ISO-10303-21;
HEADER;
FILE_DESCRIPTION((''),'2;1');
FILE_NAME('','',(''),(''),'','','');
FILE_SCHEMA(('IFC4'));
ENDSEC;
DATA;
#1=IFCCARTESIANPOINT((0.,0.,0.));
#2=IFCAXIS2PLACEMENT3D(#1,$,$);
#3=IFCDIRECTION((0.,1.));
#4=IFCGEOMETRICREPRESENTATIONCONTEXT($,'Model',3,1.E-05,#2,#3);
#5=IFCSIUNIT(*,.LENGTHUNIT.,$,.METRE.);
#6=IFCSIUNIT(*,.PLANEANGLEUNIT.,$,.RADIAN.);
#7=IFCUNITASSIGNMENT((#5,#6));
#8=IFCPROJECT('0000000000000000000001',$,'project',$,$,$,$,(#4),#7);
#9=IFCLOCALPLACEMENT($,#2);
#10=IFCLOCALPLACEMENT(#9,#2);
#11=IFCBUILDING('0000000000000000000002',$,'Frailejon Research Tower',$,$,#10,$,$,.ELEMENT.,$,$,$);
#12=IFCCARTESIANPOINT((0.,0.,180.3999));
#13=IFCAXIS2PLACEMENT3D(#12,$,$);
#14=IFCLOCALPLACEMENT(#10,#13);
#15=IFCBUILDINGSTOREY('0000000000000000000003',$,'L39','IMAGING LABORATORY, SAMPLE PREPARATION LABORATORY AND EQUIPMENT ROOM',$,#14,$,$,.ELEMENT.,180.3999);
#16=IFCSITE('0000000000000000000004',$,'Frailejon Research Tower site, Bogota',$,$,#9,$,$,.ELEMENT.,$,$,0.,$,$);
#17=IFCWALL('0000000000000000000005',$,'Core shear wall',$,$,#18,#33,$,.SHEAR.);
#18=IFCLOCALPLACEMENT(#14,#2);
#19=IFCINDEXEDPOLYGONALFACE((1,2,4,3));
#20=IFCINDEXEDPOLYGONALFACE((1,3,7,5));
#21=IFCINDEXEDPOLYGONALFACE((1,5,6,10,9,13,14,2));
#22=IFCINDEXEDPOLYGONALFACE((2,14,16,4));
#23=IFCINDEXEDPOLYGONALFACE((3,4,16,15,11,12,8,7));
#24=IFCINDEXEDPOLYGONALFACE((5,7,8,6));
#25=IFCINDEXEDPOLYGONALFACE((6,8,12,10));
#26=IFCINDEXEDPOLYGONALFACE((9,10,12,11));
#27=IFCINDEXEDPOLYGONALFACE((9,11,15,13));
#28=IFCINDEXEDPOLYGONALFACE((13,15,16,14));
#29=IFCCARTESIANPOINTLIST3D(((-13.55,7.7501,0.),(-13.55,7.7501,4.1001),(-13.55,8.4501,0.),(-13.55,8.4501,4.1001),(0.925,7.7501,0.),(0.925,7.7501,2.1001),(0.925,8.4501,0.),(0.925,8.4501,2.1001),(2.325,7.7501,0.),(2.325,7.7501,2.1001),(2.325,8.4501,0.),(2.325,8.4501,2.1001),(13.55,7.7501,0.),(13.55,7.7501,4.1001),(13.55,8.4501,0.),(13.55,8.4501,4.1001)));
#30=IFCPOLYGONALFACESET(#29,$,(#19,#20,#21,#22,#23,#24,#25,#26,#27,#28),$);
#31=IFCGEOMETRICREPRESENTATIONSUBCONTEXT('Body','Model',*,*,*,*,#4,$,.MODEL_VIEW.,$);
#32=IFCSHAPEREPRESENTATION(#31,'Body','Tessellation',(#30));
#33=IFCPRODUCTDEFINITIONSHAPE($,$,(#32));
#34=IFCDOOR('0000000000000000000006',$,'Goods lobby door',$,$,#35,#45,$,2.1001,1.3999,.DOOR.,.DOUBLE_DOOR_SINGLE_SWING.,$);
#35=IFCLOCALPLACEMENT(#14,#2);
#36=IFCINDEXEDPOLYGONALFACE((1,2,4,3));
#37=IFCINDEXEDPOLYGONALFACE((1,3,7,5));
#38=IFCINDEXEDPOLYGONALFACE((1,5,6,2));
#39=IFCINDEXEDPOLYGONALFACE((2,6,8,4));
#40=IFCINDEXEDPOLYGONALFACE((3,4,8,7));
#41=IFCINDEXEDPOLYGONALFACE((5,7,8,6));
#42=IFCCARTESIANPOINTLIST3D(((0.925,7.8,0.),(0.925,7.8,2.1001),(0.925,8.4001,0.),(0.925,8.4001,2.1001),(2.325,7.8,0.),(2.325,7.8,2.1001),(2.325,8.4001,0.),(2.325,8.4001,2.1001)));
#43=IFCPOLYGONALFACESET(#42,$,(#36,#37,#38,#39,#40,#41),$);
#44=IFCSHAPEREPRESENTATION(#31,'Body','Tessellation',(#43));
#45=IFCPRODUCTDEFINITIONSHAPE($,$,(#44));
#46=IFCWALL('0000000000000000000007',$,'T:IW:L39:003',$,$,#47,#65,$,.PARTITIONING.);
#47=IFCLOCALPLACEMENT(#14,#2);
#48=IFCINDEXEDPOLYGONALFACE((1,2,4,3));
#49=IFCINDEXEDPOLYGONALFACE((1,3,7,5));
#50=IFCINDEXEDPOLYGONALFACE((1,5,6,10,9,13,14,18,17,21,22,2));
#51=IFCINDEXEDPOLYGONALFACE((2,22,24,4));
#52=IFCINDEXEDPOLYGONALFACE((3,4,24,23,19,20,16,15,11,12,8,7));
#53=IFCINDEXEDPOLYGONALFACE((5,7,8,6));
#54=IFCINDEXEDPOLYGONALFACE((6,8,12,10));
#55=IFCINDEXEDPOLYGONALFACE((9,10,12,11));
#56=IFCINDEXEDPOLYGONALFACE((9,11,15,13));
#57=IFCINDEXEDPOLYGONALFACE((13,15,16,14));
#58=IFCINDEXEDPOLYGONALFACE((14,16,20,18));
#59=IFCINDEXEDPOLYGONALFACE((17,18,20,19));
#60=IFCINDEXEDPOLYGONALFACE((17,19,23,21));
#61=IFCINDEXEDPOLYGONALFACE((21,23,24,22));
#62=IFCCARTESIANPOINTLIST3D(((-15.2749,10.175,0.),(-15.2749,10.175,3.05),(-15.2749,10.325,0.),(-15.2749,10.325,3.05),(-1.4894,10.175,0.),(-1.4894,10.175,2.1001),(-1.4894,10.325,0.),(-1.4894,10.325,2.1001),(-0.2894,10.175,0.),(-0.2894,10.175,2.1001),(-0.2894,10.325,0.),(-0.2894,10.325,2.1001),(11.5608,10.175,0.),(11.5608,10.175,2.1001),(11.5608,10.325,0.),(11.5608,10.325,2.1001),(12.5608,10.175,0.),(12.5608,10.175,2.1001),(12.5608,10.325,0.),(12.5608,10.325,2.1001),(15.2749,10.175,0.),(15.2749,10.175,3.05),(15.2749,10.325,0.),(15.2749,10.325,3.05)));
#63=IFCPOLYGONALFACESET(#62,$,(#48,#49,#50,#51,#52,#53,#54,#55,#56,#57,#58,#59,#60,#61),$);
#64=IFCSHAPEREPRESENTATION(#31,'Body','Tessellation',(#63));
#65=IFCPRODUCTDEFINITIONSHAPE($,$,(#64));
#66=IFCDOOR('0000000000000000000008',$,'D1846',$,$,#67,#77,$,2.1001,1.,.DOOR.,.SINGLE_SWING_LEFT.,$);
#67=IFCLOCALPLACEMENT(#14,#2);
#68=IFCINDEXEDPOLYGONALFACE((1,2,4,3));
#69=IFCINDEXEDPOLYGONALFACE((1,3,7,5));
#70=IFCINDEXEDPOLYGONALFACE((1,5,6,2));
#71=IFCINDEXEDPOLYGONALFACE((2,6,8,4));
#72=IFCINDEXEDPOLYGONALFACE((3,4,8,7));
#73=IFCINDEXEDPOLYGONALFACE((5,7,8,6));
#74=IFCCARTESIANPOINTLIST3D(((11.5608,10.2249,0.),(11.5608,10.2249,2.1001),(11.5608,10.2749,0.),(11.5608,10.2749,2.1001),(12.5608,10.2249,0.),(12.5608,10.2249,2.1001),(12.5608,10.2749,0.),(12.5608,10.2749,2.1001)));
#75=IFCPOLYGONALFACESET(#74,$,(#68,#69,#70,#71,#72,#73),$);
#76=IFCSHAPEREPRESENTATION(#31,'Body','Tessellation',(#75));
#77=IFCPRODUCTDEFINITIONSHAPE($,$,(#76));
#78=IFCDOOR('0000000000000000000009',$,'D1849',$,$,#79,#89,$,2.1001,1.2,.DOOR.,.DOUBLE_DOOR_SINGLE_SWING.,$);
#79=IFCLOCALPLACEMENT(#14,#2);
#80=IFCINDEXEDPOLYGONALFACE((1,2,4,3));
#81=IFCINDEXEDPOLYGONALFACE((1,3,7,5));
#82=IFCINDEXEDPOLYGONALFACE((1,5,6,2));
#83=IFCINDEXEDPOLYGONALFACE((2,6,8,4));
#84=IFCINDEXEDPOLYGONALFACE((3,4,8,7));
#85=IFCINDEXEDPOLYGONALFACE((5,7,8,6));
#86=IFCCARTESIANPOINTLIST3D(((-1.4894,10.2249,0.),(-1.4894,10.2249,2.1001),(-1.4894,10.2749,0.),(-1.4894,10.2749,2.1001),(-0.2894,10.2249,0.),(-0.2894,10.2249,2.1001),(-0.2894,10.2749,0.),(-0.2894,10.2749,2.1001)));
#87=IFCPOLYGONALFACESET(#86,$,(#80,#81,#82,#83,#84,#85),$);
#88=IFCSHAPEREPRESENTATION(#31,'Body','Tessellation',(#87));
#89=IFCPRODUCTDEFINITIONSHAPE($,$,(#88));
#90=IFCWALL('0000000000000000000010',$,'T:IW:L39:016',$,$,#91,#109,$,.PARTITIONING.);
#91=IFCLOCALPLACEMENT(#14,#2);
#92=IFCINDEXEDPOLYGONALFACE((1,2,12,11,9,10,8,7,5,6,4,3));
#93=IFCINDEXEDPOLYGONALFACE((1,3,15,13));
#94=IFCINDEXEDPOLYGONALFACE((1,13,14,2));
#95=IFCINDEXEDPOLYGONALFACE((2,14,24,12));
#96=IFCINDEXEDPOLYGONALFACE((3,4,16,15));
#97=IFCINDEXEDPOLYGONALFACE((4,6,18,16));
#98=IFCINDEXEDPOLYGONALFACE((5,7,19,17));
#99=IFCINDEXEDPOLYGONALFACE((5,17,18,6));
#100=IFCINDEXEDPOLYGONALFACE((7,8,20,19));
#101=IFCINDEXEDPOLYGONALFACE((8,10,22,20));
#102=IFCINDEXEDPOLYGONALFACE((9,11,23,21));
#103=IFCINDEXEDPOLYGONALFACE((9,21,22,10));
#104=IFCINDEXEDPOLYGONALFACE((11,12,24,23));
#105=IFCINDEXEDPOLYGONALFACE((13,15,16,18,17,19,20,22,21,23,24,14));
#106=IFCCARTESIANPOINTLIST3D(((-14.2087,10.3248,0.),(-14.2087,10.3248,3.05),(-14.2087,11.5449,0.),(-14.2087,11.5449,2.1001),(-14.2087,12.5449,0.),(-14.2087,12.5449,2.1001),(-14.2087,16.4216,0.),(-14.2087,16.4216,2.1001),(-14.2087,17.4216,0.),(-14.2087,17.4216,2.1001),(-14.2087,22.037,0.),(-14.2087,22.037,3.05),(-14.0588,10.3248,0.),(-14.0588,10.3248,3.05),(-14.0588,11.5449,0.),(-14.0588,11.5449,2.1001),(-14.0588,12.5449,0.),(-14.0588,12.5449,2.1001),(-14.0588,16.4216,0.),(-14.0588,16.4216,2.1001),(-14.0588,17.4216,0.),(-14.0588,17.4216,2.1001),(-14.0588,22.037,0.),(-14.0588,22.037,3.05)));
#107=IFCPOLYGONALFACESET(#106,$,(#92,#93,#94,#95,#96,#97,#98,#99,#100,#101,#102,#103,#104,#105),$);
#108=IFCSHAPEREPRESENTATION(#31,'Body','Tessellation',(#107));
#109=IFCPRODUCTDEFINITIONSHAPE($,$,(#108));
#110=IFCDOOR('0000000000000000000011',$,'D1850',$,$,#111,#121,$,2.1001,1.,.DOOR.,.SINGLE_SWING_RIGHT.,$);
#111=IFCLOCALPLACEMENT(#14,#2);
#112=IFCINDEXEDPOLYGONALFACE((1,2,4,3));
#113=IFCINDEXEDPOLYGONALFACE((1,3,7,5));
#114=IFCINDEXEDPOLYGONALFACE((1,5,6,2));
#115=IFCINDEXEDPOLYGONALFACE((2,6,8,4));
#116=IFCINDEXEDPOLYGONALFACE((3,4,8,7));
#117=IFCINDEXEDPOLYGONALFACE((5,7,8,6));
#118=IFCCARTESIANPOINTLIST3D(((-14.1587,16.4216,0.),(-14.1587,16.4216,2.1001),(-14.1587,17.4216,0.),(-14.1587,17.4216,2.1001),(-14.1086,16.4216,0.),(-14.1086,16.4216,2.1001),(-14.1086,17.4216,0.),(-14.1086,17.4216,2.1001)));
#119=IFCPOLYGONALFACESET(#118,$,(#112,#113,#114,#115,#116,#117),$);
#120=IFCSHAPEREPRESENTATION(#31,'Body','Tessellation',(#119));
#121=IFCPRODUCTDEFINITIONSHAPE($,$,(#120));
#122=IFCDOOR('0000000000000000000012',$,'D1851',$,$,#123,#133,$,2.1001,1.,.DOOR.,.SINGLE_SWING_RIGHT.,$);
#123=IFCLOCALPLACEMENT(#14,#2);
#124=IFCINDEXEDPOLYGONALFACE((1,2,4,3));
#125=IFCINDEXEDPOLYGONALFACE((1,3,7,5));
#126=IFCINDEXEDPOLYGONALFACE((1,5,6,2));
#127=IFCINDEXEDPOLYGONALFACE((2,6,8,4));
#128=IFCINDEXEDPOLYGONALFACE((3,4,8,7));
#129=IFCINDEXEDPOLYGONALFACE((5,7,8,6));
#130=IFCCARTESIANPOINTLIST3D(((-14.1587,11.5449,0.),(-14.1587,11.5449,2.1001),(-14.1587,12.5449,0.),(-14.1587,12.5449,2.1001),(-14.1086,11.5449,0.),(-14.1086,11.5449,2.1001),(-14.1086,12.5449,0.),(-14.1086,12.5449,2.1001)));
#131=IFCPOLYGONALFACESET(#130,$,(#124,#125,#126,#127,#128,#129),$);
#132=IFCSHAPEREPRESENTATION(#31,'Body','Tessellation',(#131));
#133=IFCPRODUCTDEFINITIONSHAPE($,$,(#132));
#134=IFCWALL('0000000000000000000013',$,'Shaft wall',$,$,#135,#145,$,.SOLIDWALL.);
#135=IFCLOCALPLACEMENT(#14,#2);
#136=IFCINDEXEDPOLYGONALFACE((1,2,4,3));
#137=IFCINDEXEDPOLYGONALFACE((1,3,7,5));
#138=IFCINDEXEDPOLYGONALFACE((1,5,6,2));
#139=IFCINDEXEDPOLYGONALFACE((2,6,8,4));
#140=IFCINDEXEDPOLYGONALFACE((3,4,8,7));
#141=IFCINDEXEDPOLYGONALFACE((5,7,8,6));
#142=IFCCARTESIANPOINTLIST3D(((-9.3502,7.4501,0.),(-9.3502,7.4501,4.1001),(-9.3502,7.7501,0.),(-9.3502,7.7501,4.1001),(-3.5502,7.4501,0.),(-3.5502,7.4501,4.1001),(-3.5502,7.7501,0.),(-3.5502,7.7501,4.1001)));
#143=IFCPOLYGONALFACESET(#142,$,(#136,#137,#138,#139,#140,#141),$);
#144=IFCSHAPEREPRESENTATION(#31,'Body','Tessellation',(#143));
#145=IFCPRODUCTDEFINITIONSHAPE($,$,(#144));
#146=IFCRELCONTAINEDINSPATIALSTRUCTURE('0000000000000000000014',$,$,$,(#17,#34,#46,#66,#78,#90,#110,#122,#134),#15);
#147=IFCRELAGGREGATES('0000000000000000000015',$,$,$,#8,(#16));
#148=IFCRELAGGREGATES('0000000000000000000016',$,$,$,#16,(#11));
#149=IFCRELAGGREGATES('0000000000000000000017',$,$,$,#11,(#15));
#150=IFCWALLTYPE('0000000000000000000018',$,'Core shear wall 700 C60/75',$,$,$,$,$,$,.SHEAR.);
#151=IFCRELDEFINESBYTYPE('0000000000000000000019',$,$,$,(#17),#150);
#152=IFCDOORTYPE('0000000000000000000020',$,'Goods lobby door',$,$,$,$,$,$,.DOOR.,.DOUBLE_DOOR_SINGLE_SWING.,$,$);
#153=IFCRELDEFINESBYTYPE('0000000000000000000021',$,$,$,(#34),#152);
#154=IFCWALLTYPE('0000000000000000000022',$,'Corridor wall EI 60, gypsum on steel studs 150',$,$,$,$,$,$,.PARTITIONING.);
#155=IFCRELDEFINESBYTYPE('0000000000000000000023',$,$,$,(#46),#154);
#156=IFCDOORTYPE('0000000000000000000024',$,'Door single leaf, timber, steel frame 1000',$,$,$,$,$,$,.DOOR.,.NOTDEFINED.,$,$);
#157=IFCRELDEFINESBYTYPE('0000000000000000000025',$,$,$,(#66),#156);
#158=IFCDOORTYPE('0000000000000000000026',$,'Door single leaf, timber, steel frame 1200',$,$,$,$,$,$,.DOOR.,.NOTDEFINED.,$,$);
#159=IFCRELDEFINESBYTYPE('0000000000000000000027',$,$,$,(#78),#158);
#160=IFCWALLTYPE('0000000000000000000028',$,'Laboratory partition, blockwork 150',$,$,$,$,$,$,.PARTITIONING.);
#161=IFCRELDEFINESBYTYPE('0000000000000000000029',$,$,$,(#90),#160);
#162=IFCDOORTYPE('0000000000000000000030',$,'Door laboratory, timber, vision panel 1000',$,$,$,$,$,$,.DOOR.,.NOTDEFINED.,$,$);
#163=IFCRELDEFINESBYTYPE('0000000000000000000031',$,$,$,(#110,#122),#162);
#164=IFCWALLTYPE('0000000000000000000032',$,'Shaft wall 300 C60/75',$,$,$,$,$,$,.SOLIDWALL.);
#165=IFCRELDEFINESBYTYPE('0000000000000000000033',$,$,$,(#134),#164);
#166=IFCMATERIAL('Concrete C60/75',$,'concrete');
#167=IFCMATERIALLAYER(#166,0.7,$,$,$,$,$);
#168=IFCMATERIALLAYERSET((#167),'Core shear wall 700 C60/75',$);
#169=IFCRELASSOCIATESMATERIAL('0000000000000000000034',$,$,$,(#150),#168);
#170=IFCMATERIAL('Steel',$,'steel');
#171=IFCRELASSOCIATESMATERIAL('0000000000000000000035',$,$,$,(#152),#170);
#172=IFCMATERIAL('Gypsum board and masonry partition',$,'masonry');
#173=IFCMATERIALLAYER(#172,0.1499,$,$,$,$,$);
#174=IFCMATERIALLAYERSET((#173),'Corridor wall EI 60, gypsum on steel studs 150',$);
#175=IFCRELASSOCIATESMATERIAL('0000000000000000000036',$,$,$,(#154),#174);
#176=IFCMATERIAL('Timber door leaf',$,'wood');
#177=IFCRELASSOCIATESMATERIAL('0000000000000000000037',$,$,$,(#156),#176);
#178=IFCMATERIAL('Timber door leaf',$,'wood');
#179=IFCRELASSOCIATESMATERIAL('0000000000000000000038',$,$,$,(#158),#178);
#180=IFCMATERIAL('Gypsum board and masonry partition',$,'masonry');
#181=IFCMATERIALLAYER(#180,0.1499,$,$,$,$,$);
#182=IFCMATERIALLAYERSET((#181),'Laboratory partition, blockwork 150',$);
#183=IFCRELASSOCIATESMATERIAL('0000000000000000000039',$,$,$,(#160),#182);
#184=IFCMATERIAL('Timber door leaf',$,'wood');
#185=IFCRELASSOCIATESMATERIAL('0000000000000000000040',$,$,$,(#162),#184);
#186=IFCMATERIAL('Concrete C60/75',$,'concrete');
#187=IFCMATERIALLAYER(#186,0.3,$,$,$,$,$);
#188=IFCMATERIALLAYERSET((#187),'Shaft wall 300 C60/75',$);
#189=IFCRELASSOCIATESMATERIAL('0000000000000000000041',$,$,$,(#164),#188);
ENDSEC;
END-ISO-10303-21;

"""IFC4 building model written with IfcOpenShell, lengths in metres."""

from ifc_helpers import new_model, si_unit, direction, frame, frame_2d, origin, place, context, subcontext, project, spatial, rectangle, extrude, material, layer, layer_set, type_object, element, fill, save


model = new_model("IFC4")

# Units and contexts
model_context = context("Model", 3, precision=1e-05, world=origin(), true_north=direction((0.0, 1.0)))
body_context = subcontext(model_context, "Body", "Model", "MODEL_VIEW")
ifc_project = project(units=[si_unit("LENGTHUNIT", "METRE"), si_unit("PLANEANGLEUNIT", "RADIAN")], contexts=[model_context])

# Site, building, storey
site_placement = place(None, origin())
site = spatial("IfcSite", under=ifc_project, at=site_placement, Name="Frailejon Research Tower site, Bogota", CompositionType="ELEMENT", RefElevation=0.0)
building_placement = place(site_placement, origin())
building = spatial("IfcBuilding", under=site, at=building_placement, Name="Frailejon Research Tower", CompositionType="ELEMENT")
storey_placement = place(building_placement, frame((0.0, 0.0, 180.3999)))
storey = spatial("IfcBuildingStorey", under=building, at=storey_placement, Name="L39", Description="IMAGING LABORATORY, SAMPLE PREPARATION LABORATORY AND EQUIPMENT ROOM", CompositionType="ELEMENT", Elevation=180.3999)

# Wall, opening, door
ifc_material_1 = material(Name="Concrete C60/75", Category="concrete")
ifc_layer_1 = layer(ifc_material_1, 0.7)
ifc_layer_set_1 = layer_set([ifc_layer_1], Name="Core shear wall 700 C60/75")
wall_type_1 = type_object("IfcWallType", Name="Core shear wall 700 C60/75", PredefinedType="SHEAR", material=ifc_layer_set_1)
wall_1_placement = place(storey_placement, frame((-13.55, 8.1001, 0.0), z_axis=(0.0, 0.0, 1.0), x_axis=(1.0, 0.0, 0.0)))
wall_1 = element("IfcWall", 1, at=wall_1_placement, inside=storey, type_object=wall_type_1, Name="Core shear wall", PredefinedType="SHEAR", context=body_context, shape_type="SweptSolid", body=[
    extrude(rectangle(XDim=27.1001, YDim=0.7, at=frame_2d((13.55, 0.0))), origin(), (0.0, 0.0, 1.0), 4.1001),
])
opening_1_placement = place(wall_1_placement, frame((14.4751, 0.0, 0.0)))
opening_1 = element("IfcOpeningElement", 2, at=opening_1_placement, cuts=wall_1, PredefinedType="OPENING", context=body_context, shape_type="SweptSolid", body=[
    extrude(rectangle(XDim=1.3999, YDim=2.1001, at=frame_2d((0.7, 1.05))), frame((0.0, 0.3599, 0.0), z_axis=(0.0, -1.0, 0.0), x_axis=(1.0, 0.0, 0.0)), (0.0, 0.0, 1.0), 0.72),
])
ifc_material_2 = material(Name="Steel", Category="steel")
door_type_1 = type_object("IfcDoorType", Name="Goods lobby door", OperationType="DOUBLE_DOOR_SINGLE_SWING", PredefinedType="DOOR", material=ifc_material_2)
door_1_placement = place(opening_1_placement, origin())
door_1 = element("IfcDoor", 3, at=door_1_placement, inside=storey, type_object=door_type_1, Name="Goods lobby door", OperationType="DOUBLE_DOOR_SINGLE_SWING", OverallHeight=2.1001, OverallWidth=1.3999, PredefinedType="DOOR", context=body_context, shape_type="SweptSolid", body=[
    extrude(rectangle(XDim=1.3999, YDim=2.1001, at=frame_2d((0.7, 1.05))), frame((0.0, 0.3, 0.0), z_axis=(0.0, -1.0, 0.0), x_axis=(1.0, 0.0, 0.0)), (0.0, 0.0, 1.0), 0.6001),
])
fill(opening_1, door_1)

# Walls, openings, doors
ifc_material_3 = material(Name="Gypsum board and masonry partition", Category="masonry")
ifc_layer_2 = layer(ifc_material_3, 0.1499)
ifc_layer_set_2 = layer_set([ifc_layer_2], Name="Corridor wall EI 60, gypsum on steel studs 150")
wall_type_2 = type_object("IfcWallType", Name="Corridor wall EI 60, gypsum on steel studs 150", PredefinedType="PARTITIONING", material=ifc_layer_set_2)
wall_2_placement = place(storey_placement, frame((-15.2749, 10.25, 0.0), z_axis=(0.0, 0.0, 1.0), x_axis=(1.0, 0.0, 0.0)))
wall_2 = element("IfcWall", 4, at=wall_2_placement, inside=storey, type_object=wall_type_2, Name="T:IW:L39:003", PredefinedType="PARTITIONING", context=body_context, shape_type="SweptSolid", body=[
    extrude(rectangle(XDim=30.5498, YDim=0.1499, at=frame_2d((15.2749, 0.0))), origin(), (0.0, 0.0, 1.0), 3.05),
])
opening_2_placement = place(wall_2_placement, frame((26.8357, 0.0, 0.0)))
opening_2 = element("IfcOpeningElement", 5, at=opening_2_placement, cuts=wall_2, PredefinedType="OPENING", context=body_context, shape_type="SweptSolid", body=[
    extrude(rectangle(XDim=1.0, YDim=2.1001, at=frame_2d((0.5, 1.05))), frame((0.0, 0.085, 0.0), z_axis=(0.0, -1.0, 0.0), x_axis=(1.0, 0.0, 0.0)), (0.0, 0.0, 1.0), 0.1699),
])
opening_3_placement = place(wall_2_placement, frame((13.7854, 0.0, 0.0)))
opening_3 = element("IfcOpeningElement", 6, at=opening_3_placement, cuts=wall_2, PredefinedType="OPENING", context=body_context, shape_type="SweptSolid", body=[
    extrude(rectangle(XDim=1.2, YDim=2.1001, at=frame_2d((0.6001, 1.05))), frame((0.0, 0.085, 0.0), z_axis=(0.0, -1.0, 0.0), x_axis=(1.0, 0.0, 0.0)), (0.0, 0.0, 1.0), 0.1699),
])
ifc_material_4 = material(Name="Timber door leaf", Category="wood")
door_type_2 = type_object("IfcDoorType", Name="Door single leaf, timber, steel frame 1000", OperationType="NOTDEFINED", PredefinedType="DOOR", material=ifc_material_4)
door_2_placement = place(opening_2_placement, origin())
door_2 = element("IfcDoor", 7, at=door_2_placement, inside=storey, type_object=door_type_2, Name="D1846", OperationType="SINGLE_SWING_LEFT", OverallHeight=2.1001, OverallWidth=1.0, PredefinedType="DOOR", context=body_context, shape_type="SweptSolid", body=[
    extrude(rectangle(XDim=1.0, YDim=2.1001, at=frame_2d((0.5, 1.05))), frame((0.0, 0.0249, 0.0), z_axis=(0.0, -1.0, 0.0), x_axis=(1.0, 0.0, 0.0)), (0.0, 0.0, 1.0), 0.05),
])
fill(opening_2, door_2)
ifc_material_5 = material(Name="Timber door leaf", Category="wood")
door_type_3 = type_object("IfcDoorType", Name="Door single leaf, timber, steel frame 1200", OperationType="NOTDEFINED", PredefinedType="DOOR", material=ifc_material_5)
door_3_placement = place(opening_3_placement, origin())
door_3 = element("IfcDoor", 8, at=door_3_placement, inside=storey, type_object=door_type_3, Name="D1849", OperationType="DOUBLE_DOOR_SINGLE_SWING", OverallHeight=2.1001, OverallWidth=1.2, PredefinedType="DOOR", context=body_context, shape_type="SweptSolid", body=[
    extrude(rectangle(XDim=1.2, YDim=2.1001, at=frame_2d((0.6001, 1.05))), frame((0.0, 0.0249, 0.0), z_axis=(0.0, -1.0, 0.0), x_axis=(1.0, 0.0, 0.0)), (0.0, 0.0, 1.0), 0.05),
])
fill(opening_3, door_3)
ifc_material_6 = material(Name="Gypsum board and masonry partition", Category="masonry")
ifc_layer_3 = layer(ifc_material_6, 0.1499)
ifc_layer_set_3 = layer_set([ifc_layer_3], Name="Laboratory partition, blockwork 150")
wall_type_3 = type_object("IfcWallType", Name="Laboratory partition, blockwork 150", PredefinedType="PARTITIONING", material=ifc_layer_set_3)
wall_3_placement = place(storey_placement, frame((-14.1338, 10.325, 0.0), z_axis=(0.0, 0.0, 1.0), x_axis=(0.0, 1.0, 0.0)))
wall_3 = element("IfcWall", 9, at=wall_3_placement, inside=storey, type_object=wall_type_3, Name="T:IW:L39:016", PredefinedType="PARTITIONING", context=body_context, shape_type="SweptSolid", body=[
    extrude(rectangle(XDim=11.7122, YDim=0.1499, at=frame_2d((5.856, 0.0))), origin(), (0.0, 0.0, 1.0), 3.05),
])
opening_4_placement = place(wall_3_placement, frame((6.0967, 0.0, 0.0)))
opening_4 = element("IfcOpeningElement", 10, at=opening_4_placement, cuts=wall_3, PredefinedType="OPENING", context=body_context, shape_type="SweptSolid", body=[
    extrude(rectangle(XDim=1.0, YDim=2.1001, at=frame_2d((0.5, 1.05))), frame((0.0, 0.085, 0.0), z_axis=(0.0, -1.0, 0.0), x_axis=(1.0, 0.0, 0.0)), (0.0, 0.0, 1.0), 0.1699),
])
opening_5_placement = place(wall_3_placement, frame((1.22, 0.0, 0.0)))
opening_5 = element("IfcOpeningElement", 11, at=opening_5_placement, cuts=wall_3, PredefinedType="OPENING", context=body_context, shape_type="SweptSolid", body=[
    extrude(rectangle(XDim=1.0, YDim=2.1001, at=frame_2d((0.5, 1.05))), frame((0.0, 0.085, 0.0), z_axis=(0.0, -1.0, 0.0), x_axis=(1.0, 0.0, 0.0)), (0.0, 0.0, 1.0), 0.1699),
])
ifc_material_7 = material(Name="Timber door leaf", Category="wood")
door_type_4 = type_object("IfcDoorType", Name="Door laboratory, timber, vision panel 1000", OperationType="NOTDEFINED", PredefinedType="DOOR", material=ifc_material_7)
door_4_placement = place(opening_4_placement, origin())
door_4 = element("IfcDoor", 12, at=door_4_placement, inside=storey, type_object=door_type_4, Name="D1850", OperationType="SINGLE_SWING_RIGHT", OverallHeight=2.1001, OverallWidth=1.0, PredefinedType="DOOR", context=body_context, shape_type="SweptSolid", body=[
    extrude(rectangle(XDim=1.0, YDim=2.1001, at=frame_2d((0.5, 1.05))), frame((0.0, 0.0249, 0.0), z_axis=(0.0, -1.0, 0.0), x_axis=(1.0, 0.0, 0.0)), (0.0, 0.0, 1.0), 0.05),
])
fill(opening_4, door_4)
door_5_placement = place(opening_5_placement, origin())
door_5 = element("IfcDoor", 13, at=door_5_placement, inside=storey, type_object=door_type_4, Name="D1851", OperationType="SINGLE_SWING_RIGHT", OverallHeight=2.1001, OverallWidth=1.0, PredefinedType="DOOR", context=body_context, shape_type="SweptSolid", body=[
    extrude(rectangle(XDim=1.0, YDim=2.1001, at=frame_2d((0.5, 1.05))), frame((0.0, 0.0249, 0.0), z_axis=(0.0, -1.0, 0.0), x_axis=(1.0, 0.0, 0.0)), (0.0, 0.0, 1.0), 0.05),
])
fill(opening_5, door_5)

# Wall
ifc_material_8 = material(Name="Concrete C60/75", Category="concrete")
ifc_layer_4 = layer(ifc_material_8, 0.3)
ifc_layer_set_4 = layer_set([ifc_layer_4], Name="Shaft wall 300 C60/75")
wall_type_4 = type_object("IfcWallType", Name="Shaft wall 300 C60/75", PredefinedType="SOLIDWALL", material=ifc_layer_set_4)
wall_4_placement = place(storey_placement, frame((-9.3501, 7.6001, 0.0), z_axis=(0.0, 0.0, 1.0), x_axis=(1.0, 0.0, 0.0)))
element("IfcWall", 14, at=wall_4_placement, inside=storey, type_object=wall_type_4, Name="Shaft wall", PredefinedType="SOLIDWALL", context=body_context, shape_type="SweptSolid", body=[
    extrude(rectangle(XDim=5.8, YDim=0.3, at=frame_2d((2.8999, 0.0))), origin(), (0.0, 0.0, 1.0), 4.1001),
])

save(model, "model.ifc")
